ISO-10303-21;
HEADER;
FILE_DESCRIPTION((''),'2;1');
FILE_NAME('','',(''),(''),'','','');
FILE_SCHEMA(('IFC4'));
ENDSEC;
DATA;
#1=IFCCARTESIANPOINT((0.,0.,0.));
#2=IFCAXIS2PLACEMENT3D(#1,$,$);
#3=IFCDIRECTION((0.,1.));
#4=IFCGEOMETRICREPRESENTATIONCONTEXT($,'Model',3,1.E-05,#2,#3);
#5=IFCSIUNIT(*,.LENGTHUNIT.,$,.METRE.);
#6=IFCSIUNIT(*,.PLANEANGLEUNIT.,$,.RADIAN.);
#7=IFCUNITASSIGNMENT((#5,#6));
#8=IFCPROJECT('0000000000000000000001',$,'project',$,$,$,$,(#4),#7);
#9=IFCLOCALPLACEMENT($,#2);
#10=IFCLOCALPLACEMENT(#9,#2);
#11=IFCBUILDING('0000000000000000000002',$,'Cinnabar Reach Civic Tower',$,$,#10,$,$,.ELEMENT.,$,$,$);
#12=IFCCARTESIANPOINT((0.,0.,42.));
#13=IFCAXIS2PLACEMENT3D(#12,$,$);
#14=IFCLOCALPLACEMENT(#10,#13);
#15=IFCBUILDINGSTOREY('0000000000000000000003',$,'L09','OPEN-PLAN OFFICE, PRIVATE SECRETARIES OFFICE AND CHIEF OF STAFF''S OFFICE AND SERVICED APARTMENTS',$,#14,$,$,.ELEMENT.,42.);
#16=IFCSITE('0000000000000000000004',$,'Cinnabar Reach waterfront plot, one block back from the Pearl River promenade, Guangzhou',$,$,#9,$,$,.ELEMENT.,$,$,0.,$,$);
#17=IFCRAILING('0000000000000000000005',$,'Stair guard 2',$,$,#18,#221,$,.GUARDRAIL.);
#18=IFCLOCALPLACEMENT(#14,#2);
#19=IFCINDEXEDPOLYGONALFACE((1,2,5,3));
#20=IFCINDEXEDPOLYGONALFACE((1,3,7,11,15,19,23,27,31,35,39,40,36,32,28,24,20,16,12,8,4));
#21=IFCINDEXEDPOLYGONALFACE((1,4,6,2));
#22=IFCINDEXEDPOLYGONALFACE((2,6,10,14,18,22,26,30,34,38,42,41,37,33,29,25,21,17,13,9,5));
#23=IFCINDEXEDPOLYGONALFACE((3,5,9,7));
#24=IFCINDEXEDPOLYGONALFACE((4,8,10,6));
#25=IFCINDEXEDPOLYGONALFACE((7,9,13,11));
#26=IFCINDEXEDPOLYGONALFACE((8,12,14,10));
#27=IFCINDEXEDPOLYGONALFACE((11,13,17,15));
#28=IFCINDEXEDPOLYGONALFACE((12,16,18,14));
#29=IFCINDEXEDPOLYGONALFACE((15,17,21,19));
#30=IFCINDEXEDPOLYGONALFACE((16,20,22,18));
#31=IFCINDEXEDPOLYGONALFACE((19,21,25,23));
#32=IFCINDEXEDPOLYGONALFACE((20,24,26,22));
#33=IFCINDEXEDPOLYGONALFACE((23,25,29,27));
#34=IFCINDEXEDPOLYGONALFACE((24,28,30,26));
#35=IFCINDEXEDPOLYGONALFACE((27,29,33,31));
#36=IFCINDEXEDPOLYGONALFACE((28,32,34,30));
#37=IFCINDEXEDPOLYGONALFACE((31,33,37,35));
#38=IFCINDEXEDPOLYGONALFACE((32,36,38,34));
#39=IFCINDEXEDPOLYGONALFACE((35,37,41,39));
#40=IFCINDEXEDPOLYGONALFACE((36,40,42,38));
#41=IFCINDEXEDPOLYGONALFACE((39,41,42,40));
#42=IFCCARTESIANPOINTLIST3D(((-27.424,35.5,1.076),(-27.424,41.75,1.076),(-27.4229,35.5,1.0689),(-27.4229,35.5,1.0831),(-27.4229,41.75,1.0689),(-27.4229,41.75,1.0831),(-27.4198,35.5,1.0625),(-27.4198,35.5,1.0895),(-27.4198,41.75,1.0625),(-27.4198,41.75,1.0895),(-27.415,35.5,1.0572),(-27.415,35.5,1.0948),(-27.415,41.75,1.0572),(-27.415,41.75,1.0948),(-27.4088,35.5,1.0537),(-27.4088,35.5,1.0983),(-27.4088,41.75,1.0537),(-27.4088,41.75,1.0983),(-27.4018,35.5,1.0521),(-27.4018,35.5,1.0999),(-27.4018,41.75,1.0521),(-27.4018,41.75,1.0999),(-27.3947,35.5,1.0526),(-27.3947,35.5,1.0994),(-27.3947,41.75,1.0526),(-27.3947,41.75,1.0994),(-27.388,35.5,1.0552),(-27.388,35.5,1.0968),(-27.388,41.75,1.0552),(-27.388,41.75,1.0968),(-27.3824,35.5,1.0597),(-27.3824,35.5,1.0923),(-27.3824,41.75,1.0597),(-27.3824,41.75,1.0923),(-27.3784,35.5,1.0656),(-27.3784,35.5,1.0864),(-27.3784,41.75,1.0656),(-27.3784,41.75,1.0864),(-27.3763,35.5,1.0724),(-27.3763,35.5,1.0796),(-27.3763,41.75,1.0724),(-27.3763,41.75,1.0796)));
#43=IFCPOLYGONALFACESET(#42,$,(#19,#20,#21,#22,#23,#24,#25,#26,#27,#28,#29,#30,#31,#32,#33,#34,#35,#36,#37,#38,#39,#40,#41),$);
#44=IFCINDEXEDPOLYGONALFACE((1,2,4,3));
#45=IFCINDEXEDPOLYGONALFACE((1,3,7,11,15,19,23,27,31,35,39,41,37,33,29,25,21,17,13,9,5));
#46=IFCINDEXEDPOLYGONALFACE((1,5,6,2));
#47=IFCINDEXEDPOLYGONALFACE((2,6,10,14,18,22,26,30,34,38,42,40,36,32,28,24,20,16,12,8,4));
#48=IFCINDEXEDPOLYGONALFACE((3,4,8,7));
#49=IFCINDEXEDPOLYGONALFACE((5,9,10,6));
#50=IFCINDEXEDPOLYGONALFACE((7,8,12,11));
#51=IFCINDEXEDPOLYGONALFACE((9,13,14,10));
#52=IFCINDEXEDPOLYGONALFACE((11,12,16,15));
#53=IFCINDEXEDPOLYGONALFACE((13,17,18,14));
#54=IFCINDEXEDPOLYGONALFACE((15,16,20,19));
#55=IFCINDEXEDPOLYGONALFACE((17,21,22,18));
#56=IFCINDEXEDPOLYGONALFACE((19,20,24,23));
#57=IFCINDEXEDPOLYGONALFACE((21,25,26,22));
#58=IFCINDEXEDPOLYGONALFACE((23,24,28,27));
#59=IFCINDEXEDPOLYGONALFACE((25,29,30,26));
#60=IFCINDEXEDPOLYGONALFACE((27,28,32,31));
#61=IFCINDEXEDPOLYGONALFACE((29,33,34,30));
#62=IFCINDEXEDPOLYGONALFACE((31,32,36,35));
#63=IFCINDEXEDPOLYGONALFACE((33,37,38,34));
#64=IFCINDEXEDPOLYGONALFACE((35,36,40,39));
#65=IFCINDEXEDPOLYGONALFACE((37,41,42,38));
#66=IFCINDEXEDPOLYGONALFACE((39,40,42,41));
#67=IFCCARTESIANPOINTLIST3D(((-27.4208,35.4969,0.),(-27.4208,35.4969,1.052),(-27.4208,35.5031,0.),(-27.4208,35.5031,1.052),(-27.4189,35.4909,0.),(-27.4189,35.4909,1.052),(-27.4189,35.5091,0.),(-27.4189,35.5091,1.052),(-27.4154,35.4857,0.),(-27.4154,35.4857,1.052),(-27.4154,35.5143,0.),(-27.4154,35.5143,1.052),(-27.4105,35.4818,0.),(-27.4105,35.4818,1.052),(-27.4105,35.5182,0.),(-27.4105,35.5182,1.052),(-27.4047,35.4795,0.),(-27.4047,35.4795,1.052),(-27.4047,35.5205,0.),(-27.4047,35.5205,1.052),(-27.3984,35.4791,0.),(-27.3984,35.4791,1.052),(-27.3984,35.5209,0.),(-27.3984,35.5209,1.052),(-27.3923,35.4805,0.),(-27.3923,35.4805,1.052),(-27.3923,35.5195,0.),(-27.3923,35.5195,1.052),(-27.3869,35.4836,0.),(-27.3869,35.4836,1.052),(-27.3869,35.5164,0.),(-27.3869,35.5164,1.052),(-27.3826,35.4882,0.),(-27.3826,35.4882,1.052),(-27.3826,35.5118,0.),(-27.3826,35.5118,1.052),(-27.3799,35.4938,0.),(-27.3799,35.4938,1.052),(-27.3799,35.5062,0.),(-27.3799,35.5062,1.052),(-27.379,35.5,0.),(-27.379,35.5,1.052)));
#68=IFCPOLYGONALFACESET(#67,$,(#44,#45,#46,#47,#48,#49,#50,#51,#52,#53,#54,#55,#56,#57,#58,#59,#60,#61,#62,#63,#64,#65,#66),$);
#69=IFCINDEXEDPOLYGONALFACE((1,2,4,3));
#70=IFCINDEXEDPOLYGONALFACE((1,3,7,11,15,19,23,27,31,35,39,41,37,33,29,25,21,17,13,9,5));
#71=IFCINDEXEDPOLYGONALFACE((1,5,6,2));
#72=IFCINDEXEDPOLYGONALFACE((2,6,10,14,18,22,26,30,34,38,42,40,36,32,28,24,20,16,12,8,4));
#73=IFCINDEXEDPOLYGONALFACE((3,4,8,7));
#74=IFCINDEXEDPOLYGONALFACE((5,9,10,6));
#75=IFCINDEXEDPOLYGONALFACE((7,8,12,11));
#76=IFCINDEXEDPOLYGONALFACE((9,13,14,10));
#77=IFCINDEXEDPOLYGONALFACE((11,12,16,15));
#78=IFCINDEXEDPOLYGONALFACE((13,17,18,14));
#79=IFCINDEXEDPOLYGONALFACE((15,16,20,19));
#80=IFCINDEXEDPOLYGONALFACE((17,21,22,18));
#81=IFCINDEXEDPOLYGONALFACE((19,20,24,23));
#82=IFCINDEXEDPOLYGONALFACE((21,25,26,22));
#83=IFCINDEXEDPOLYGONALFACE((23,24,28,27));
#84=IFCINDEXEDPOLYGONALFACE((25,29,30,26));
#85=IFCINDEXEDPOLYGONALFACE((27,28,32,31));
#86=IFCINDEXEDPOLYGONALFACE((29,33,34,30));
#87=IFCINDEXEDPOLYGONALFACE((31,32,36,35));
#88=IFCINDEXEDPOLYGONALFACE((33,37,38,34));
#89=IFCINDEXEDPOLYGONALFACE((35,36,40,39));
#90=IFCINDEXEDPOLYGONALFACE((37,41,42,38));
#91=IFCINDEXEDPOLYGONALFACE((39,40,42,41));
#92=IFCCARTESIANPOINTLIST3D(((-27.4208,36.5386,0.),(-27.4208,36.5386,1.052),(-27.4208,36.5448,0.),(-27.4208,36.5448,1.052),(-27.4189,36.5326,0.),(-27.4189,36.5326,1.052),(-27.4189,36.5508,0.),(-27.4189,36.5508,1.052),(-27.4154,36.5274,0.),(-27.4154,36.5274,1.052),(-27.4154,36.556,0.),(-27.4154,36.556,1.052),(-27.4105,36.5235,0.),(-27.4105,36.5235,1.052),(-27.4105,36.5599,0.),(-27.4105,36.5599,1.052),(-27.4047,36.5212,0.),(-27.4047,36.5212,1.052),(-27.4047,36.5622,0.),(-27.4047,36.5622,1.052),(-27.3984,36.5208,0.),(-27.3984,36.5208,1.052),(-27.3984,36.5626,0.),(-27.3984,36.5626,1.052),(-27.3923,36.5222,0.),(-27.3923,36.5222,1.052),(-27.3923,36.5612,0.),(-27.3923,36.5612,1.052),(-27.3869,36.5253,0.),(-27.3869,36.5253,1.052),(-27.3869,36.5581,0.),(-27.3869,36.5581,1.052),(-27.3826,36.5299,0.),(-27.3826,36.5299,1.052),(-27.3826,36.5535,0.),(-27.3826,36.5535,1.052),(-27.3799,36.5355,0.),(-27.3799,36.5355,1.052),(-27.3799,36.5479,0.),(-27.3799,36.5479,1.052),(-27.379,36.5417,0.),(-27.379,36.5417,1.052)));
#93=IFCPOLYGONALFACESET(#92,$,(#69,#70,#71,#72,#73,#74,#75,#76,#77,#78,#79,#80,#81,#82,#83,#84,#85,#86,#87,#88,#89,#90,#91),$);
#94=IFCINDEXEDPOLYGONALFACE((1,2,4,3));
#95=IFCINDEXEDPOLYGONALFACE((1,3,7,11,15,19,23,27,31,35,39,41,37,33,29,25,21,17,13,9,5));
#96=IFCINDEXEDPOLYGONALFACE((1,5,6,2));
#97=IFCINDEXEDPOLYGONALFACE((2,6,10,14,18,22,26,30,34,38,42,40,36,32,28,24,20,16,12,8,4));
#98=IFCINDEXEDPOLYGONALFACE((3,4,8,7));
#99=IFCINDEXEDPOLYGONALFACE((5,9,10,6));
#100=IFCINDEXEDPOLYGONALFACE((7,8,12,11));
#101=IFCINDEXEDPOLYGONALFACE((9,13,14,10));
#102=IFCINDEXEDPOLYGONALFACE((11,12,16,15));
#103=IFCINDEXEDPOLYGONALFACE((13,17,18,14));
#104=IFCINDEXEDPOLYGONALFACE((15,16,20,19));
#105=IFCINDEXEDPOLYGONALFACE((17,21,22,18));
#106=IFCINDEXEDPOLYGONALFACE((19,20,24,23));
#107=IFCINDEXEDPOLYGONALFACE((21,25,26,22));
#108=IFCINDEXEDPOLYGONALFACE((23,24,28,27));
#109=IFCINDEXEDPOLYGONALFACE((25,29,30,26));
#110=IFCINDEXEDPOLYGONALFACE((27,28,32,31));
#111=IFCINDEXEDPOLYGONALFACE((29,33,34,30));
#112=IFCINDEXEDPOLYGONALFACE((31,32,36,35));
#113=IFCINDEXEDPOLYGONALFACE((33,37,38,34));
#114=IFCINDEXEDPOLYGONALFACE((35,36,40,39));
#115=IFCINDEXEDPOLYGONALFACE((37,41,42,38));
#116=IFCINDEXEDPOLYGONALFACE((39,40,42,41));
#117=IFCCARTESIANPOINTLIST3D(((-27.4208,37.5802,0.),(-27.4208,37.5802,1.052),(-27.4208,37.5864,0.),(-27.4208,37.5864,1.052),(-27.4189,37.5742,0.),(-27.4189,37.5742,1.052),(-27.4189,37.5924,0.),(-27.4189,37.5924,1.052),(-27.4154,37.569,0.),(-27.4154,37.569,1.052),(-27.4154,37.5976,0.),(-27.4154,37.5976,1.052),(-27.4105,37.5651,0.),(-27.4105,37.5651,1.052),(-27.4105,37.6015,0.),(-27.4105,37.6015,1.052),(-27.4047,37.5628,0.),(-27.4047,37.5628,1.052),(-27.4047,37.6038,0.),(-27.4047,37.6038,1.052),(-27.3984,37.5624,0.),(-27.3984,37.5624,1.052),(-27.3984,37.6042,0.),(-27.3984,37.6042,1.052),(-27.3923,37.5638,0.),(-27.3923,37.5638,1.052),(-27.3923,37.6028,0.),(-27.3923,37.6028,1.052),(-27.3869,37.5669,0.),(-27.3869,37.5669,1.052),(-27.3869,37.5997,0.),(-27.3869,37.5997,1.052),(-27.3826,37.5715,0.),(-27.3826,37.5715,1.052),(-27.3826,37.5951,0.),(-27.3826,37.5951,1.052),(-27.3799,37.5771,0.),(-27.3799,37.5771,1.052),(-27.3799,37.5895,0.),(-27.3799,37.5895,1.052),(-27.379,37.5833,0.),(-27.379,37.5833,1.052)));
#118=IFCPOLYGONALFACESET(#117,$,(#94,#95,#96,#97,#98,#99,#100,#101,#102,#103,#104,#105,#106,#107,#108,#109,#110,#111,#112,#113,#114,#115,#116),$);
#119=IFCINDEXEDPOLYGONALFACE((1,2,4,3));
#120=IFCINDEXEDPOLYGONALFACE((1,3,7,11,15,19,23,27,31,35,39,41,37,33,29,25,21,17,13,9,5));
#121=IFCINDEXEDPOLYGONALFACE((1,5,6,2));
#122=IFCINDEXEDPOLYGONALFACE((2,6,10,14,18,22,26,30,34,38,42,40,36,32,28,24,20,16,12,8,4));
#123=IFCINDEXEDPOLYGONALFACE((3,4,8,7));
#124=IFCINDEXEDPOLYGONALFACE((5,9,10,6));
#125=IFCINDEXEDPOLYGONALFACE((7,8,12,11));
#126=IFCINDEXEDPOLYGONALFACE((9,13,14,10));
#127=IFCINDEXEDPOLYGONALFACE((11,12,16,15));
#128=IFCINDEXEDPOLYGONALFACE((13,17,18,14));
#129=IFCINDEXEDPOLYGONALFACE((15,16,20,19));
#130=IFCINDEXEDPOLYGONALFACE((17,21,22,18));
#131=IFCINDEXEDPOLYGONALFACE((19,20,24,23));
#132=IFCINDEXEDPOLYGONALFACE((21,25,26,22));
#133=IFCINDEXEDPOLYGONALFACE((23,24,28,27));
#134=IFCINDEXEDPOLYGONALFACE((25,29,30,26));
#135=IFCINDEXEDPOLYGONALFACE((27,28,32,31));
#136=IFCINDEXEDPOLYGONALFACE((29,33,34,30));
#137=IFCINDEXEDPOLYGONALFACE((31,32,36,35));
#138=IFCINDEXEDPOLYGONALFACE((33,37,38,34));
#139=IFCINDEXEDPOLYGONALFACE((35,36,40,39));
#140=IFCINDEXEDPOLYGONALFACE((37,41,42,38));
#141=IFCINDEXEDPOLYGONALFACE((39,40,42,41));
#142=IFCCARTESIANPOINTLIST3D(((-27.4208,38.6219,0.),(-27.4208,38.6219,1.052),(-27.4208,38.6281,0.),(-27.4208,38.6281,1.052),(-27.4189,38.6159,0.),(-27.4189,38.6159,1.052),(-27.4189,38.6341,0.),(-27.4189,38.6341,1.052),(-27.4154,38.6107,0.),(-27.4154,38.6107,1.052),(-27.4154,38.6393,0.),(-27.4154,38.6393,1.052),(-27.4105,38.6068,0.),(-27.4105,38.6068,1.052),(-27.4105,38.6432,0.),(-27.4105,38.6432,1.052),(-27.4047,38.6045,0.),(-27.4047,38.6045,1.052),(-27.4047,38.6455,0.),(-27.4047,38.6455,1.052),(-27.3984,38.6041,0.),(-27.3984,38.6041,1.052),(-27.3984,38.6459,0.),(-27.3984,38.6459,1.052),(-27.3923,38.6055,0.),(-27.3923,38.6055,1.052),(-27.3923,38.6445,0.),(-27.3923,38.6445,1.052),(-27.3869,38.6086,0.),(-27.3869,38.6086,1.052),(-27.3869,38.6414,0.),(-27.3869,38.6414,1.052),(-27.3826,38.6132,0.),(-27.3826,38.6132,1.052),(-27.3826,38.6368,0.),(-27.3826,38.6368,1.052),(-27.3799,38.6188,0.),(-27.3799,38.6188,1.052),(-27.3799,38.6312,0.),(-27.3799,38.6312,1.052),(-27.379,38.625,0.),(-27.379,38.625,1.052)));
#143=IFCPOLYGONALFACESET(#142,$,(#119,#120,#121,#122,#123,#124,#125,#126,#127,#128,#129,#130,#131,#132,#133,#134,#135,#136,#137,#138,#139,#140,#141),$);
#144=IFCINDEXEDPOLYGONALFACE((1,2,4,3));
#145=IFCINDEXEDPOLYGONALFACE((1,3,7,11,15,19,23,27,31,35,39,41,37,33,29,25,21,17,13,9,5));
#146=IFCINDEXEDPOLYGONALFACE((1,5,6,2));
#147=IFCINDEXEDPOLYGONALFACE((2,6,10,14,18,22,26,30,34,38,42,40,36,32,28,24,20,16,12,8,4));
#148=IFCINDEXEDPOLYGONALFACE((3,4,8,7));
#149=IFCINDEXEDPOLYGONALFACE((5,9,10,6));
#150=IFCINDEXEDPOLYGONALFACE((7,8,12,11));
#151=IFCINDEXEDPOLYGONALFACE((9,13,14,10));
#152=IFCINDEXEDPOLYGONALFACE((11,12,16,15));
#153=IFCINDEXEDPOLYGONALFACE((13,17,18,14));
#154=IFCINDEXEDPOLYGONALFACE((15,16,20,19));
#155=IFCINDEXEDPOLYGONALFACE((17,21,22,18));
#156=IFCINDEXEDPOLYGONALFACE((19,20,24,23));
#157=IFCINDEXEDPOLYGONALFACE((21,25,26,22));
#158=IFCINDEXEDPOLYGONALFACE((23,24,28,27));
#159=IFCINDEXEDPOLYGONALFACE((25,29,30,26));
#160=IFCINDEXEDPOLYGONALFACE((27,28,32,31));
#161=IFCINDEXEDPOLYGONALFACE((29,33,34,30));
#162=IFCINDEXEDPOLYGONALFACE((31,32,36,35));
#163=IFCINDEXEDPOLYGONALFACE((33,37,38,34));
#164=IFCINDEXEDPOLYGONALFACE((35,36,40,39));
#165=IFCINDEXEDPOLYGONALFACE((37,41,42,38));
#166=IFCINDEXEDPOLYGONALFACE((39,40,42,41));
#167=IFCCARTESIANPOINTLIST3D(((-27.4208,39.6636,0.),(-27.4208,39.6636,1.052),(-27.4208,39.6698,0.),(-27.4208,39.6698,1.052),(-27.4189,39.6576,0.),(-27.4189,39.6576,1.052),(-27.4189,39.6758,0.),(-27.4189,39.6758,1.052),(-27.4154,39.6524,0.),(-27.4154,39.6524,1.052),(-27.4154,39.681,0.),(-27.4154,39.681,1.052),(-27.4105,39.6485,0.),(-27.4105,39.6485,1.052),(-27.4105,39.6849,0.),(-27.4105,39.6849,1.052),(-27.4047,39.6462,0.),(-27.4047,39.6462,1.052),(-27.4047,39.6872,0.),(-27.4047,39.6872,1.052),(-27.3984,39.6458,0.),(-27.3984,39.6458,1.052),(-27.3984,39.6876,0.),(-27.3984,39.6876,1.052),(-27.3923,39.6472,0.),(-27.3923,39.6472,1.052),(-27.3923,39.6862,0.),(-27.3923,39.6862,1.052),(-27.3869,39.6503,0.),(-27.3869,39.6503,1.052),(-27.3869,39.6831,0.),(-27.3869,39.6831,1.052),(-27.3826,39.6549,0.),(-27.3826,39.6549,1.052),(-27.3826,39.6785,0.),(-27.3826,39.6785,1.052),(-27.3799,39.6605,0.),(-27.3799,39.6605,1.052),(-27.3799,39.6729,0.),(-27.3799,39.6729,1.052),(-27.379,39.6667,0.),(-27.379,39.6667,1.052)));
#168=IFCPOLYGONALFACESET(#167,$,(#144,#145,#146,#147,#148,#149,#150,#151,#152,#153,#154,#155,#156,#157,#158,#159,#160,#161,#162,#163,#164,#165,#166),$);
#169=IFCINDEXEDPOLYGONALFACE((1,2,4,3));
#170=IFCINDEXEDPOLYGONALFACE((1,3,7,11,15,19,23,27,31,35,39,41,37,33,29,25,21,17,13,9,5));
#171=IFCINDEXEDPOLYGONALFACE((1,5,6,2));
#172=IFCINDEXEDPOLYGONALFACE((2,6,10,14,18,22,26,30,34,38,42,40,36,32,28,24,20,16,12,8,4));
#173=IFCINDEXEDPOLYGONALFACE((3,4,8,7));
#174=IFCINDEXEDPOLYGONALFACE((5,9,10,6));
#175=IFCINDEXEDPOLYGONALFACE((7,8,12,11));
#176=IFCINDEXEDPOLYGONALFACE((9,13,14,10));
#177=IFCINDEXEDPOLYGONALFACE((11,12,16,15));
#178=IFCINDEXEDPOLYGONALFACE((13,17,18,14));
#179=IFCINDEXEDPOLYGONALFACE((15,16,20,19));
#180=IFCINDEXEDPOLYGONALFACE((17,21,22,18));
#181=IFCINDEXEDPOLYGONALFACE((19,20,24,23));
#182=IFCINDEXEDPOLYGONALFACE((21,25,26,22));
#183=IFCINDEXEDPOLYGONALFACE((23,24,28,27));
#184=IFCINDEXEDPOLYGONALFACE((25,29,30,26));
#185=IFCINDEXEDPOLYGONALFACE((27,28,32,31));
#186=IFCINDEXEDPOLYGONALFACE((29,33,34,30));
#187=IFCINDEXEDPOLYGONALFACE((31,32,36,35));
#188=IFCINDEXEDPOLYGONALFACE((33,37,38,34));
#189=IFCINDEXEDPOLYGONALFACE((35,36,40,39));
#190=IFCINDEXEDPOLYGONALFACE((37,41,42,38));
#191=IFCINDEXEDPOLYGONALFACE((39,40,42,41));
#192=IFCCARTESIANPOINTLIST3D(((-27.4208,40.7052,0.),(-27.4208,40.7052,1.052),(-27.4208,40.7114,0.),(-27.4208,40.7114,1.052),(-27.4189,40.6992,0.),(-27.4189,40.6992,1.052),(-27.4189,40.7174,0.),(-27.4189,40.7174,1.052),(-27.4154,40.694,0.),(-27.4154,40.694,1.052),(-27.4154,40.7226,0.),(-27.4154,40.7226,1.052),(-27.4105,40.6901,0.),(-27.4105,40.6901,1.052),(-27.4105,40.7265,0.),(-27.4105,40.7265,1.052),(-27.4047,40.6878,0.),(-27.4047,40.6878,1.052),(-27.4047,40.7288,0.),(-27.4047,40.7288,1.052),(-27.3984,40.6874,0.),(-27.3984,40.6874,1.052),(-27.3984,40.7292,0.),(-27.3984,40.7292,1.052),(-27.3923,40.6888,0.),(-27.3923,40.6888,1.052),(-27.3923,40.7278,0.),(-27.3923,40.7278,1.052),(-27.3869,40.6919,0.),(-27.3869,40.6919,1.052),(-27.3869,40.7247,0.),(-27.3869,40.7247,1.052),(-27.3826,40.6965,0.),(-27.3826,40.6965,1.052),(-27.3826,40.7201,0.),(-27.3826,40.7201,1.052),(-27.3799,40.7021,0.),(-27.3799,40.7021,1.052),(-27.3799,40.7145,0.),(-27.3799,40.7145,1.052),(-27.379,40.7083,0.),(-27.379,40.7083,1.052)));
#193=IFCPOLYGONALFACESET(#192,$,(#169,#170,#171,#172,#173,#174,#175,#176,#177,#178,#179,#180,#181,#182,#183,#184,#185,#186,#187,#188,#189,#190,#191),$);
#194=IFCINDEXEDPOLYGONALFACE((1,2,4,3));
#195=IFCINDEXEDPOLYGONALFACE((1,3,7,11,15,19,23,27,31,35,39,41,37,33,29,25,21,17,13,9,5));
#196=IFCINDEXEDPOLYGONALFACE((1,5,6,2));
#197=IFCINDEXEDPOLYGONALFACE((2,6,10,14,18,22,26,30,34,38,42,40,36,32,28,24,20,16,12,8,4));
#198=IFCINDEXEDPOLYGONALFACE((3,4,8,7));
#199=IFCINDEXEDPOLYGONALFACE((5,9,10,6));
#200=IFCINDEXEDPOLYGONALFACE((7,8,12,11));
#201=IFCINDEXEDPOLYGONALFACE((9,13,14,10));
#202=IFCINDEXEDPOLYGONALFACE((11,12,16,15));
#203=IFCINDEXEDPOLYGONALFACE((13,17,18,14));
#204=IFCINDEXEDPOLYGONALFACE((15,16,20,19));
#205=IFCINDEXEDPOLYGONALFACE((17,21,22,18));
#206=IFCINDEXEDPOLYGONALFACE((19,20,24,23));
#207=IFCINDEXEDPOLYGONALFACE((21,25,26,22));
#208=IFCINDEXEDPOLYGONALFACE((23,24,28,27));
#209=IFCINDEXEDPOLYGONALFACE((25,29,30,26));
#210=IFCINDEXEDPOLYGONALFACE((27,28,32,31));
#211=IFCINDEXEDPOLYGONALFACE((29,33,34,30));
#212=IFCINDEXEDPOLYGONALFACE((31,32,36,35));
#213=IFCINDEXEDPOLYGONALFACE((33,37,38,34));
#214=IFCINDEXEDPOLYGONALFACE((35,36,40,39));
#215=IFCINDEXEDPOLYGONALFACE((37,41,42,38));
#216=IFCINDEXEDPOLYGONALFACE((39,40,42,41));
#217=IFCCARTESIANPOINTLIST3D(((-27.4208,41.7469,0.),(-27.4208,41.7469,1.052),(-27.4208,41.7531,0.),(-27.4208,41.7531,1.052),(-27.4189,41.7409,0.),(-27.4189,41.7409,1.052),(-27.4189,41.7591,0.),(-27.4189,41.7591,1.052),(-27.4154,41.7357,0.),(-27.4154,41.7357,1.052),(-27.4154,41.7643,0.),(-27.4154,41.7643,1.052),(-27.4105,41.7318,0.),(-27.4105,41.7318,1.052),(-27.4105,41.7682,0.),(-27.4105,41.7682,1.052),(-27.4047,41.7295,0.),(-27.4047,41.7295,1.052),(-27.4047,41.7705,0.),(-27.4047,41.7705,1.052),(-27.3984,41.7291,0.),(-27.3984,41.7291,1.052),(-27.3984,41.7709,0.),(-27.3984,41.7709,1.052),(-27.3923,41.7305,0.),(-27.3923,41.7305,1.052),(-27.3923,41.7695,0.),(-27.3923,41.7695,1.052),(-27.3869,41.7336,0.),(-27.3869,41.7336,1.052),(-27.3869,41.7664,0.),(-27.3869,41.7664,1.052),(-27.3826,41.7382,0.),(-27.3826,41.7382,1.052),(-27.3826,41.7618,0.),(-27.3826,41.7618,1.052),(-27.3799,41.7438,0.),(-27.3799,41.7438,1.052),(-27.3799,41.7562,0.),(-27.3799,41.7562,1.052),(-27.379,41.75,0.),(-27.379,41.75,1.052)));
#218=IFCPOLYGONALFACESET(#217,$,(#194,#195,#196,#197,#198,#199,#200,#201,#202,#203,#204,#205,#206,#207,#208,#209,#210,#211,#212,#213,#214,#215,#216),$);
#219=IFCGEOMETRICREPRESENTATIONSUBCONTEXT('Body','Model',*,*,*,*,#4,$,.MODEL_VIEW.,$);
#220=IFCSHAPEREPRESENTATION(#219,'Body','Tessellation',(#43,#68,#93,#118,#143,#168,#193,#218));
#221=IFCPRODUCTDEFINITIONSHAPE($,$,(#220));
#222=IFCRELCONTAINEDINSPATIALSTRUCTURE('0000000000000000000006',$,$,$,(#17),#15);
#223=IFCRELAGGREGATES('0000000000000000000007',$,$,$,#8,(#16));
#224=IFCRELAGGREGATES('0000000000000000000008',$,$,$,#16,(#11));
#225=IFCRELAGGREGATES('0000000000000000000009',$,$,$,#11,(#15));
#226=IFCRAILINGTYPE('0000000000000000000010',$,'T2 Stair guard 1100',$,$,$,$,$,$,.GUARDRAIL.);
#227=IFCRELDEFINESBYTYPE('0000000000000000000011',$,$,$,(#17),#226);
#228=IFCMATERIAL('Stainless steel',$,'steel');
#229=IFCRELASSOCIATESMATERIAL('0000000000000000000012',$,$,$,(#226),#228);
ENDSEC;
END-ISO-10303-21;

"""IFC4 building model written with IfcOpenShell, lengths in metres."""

from ifc_helpers import new_model, si_unit, direction, frame, origin, origin_2d, place, context, subcontext, project, spatial, circle, extrude, material, type_object, element, save


model = new_model("IFC4")

# Units and contexts
model_context = context("Model", 3, precision=1e-05, world=origin(), true_north=direction((0.0, 1.0)))
body_context = subcontext(model_context, "Body", "Model", "MODEL_VIEW")
ifc_project = project(units=[si_unit("LENGTHUNIT", "METRE"), si_unit("PLANEANGLEUNIT", "RADIAN")], contexts=[model_context])

# Site, building, storey
site_placement = place(None, origin())
site = spatial("IfcSite", under=ifc_project, at=site_placement, Name="Cinnabar Reach waterfront plot, one block back from the Pearl River promenade, Guangzhou", CompositionType="ELEMENT", RefElevation=0.0)
building_placement = place(site_placement, origin())
building = spatial("IfcBuilding", under=site, at=building_placement, Name="Cinnabar Reach Civic Tower", CompositionType="ELEMENT")
storey_placement = place(building_placement, frame((0.0, 0.0, 42.0)))
storey = spatial("IfcBuildingStorey", under=building, at=storey_placement, Name="L09", Description="OPEN-PLAN OFFICE, PRIVATE SECRETARIES OFFICE AND CHIEF OF STAFF'S OFFICE AND SERVICED APARTMENTS", CompositionType="ELEMENT", Elevation=42.0)

# Railing
ifc_material_1 = material(Name="Stainless steel", Category="steel")
railing_type = type_object("IfcRailingType", Name="T2 Stair guard 1100", PredefinedType="GUARDRAIL", material=ifc_material_1)
for number, where, name in (
    (1, (-27.4, 35.5, 0.0), "Stair guard 2"),
):
    element("IfcRailing", number, at=place(storey_placement, frame(where)), inside=storey, type_object=railing_type, Name=name, PredefinedType="GUARDRAIL", context=body_context, shape_type="SweptSolid", body=[
        extrude(circle(Radius=0.024, at=origin_2d()), frame((0.0, 0.0, 1.076), z_axis=(0.0, 1.0, 0.0), x_axis=(-1.0, 0.0, 0.0)), (0.0, 0.0, 1.0), 6.25),
        extrude(circle(Radius=0.021, at=origin_2d()), origin(), (0.0, 0.0, 1.0), 1.052),
        extrude(circle(Radius=0.021, at=origin_2d()), frame((0.0, 1.0417, 0.0)), (0.0, 0.0, 1.0), 1.052),
        extrude(circle(Radius=0.021, at=origin_2d()), frame((0.0, 2.0833, 0.0)), (0.0, 0.0, 1.0), 1.052),
        extrude(circle(Radius=0.021, at=origin_2d()), frame((0.0, 3.125, 0.0)), (0.0, 0.0, 1.0), 1.052),
        extrude(circle(Radius=0.021, at=origin_2d()), frame((0.0, 4.1667, 0.0)), (0.0, 0.0, 1.0), 1.052),
        extrude(circle(Radius=0.021, at=origin_2d()), frame((0.0, 5.2083, 0.0)), (0.0, 0.0, 1.0), 1.052),
        extrude(circle(Radius=0.021, at=origin_2d()), frame((0.0, 6.25, 0.0)), (0.0, 0.0, 1.0), 1.052),
    ])

save(model, "model.ifc")
